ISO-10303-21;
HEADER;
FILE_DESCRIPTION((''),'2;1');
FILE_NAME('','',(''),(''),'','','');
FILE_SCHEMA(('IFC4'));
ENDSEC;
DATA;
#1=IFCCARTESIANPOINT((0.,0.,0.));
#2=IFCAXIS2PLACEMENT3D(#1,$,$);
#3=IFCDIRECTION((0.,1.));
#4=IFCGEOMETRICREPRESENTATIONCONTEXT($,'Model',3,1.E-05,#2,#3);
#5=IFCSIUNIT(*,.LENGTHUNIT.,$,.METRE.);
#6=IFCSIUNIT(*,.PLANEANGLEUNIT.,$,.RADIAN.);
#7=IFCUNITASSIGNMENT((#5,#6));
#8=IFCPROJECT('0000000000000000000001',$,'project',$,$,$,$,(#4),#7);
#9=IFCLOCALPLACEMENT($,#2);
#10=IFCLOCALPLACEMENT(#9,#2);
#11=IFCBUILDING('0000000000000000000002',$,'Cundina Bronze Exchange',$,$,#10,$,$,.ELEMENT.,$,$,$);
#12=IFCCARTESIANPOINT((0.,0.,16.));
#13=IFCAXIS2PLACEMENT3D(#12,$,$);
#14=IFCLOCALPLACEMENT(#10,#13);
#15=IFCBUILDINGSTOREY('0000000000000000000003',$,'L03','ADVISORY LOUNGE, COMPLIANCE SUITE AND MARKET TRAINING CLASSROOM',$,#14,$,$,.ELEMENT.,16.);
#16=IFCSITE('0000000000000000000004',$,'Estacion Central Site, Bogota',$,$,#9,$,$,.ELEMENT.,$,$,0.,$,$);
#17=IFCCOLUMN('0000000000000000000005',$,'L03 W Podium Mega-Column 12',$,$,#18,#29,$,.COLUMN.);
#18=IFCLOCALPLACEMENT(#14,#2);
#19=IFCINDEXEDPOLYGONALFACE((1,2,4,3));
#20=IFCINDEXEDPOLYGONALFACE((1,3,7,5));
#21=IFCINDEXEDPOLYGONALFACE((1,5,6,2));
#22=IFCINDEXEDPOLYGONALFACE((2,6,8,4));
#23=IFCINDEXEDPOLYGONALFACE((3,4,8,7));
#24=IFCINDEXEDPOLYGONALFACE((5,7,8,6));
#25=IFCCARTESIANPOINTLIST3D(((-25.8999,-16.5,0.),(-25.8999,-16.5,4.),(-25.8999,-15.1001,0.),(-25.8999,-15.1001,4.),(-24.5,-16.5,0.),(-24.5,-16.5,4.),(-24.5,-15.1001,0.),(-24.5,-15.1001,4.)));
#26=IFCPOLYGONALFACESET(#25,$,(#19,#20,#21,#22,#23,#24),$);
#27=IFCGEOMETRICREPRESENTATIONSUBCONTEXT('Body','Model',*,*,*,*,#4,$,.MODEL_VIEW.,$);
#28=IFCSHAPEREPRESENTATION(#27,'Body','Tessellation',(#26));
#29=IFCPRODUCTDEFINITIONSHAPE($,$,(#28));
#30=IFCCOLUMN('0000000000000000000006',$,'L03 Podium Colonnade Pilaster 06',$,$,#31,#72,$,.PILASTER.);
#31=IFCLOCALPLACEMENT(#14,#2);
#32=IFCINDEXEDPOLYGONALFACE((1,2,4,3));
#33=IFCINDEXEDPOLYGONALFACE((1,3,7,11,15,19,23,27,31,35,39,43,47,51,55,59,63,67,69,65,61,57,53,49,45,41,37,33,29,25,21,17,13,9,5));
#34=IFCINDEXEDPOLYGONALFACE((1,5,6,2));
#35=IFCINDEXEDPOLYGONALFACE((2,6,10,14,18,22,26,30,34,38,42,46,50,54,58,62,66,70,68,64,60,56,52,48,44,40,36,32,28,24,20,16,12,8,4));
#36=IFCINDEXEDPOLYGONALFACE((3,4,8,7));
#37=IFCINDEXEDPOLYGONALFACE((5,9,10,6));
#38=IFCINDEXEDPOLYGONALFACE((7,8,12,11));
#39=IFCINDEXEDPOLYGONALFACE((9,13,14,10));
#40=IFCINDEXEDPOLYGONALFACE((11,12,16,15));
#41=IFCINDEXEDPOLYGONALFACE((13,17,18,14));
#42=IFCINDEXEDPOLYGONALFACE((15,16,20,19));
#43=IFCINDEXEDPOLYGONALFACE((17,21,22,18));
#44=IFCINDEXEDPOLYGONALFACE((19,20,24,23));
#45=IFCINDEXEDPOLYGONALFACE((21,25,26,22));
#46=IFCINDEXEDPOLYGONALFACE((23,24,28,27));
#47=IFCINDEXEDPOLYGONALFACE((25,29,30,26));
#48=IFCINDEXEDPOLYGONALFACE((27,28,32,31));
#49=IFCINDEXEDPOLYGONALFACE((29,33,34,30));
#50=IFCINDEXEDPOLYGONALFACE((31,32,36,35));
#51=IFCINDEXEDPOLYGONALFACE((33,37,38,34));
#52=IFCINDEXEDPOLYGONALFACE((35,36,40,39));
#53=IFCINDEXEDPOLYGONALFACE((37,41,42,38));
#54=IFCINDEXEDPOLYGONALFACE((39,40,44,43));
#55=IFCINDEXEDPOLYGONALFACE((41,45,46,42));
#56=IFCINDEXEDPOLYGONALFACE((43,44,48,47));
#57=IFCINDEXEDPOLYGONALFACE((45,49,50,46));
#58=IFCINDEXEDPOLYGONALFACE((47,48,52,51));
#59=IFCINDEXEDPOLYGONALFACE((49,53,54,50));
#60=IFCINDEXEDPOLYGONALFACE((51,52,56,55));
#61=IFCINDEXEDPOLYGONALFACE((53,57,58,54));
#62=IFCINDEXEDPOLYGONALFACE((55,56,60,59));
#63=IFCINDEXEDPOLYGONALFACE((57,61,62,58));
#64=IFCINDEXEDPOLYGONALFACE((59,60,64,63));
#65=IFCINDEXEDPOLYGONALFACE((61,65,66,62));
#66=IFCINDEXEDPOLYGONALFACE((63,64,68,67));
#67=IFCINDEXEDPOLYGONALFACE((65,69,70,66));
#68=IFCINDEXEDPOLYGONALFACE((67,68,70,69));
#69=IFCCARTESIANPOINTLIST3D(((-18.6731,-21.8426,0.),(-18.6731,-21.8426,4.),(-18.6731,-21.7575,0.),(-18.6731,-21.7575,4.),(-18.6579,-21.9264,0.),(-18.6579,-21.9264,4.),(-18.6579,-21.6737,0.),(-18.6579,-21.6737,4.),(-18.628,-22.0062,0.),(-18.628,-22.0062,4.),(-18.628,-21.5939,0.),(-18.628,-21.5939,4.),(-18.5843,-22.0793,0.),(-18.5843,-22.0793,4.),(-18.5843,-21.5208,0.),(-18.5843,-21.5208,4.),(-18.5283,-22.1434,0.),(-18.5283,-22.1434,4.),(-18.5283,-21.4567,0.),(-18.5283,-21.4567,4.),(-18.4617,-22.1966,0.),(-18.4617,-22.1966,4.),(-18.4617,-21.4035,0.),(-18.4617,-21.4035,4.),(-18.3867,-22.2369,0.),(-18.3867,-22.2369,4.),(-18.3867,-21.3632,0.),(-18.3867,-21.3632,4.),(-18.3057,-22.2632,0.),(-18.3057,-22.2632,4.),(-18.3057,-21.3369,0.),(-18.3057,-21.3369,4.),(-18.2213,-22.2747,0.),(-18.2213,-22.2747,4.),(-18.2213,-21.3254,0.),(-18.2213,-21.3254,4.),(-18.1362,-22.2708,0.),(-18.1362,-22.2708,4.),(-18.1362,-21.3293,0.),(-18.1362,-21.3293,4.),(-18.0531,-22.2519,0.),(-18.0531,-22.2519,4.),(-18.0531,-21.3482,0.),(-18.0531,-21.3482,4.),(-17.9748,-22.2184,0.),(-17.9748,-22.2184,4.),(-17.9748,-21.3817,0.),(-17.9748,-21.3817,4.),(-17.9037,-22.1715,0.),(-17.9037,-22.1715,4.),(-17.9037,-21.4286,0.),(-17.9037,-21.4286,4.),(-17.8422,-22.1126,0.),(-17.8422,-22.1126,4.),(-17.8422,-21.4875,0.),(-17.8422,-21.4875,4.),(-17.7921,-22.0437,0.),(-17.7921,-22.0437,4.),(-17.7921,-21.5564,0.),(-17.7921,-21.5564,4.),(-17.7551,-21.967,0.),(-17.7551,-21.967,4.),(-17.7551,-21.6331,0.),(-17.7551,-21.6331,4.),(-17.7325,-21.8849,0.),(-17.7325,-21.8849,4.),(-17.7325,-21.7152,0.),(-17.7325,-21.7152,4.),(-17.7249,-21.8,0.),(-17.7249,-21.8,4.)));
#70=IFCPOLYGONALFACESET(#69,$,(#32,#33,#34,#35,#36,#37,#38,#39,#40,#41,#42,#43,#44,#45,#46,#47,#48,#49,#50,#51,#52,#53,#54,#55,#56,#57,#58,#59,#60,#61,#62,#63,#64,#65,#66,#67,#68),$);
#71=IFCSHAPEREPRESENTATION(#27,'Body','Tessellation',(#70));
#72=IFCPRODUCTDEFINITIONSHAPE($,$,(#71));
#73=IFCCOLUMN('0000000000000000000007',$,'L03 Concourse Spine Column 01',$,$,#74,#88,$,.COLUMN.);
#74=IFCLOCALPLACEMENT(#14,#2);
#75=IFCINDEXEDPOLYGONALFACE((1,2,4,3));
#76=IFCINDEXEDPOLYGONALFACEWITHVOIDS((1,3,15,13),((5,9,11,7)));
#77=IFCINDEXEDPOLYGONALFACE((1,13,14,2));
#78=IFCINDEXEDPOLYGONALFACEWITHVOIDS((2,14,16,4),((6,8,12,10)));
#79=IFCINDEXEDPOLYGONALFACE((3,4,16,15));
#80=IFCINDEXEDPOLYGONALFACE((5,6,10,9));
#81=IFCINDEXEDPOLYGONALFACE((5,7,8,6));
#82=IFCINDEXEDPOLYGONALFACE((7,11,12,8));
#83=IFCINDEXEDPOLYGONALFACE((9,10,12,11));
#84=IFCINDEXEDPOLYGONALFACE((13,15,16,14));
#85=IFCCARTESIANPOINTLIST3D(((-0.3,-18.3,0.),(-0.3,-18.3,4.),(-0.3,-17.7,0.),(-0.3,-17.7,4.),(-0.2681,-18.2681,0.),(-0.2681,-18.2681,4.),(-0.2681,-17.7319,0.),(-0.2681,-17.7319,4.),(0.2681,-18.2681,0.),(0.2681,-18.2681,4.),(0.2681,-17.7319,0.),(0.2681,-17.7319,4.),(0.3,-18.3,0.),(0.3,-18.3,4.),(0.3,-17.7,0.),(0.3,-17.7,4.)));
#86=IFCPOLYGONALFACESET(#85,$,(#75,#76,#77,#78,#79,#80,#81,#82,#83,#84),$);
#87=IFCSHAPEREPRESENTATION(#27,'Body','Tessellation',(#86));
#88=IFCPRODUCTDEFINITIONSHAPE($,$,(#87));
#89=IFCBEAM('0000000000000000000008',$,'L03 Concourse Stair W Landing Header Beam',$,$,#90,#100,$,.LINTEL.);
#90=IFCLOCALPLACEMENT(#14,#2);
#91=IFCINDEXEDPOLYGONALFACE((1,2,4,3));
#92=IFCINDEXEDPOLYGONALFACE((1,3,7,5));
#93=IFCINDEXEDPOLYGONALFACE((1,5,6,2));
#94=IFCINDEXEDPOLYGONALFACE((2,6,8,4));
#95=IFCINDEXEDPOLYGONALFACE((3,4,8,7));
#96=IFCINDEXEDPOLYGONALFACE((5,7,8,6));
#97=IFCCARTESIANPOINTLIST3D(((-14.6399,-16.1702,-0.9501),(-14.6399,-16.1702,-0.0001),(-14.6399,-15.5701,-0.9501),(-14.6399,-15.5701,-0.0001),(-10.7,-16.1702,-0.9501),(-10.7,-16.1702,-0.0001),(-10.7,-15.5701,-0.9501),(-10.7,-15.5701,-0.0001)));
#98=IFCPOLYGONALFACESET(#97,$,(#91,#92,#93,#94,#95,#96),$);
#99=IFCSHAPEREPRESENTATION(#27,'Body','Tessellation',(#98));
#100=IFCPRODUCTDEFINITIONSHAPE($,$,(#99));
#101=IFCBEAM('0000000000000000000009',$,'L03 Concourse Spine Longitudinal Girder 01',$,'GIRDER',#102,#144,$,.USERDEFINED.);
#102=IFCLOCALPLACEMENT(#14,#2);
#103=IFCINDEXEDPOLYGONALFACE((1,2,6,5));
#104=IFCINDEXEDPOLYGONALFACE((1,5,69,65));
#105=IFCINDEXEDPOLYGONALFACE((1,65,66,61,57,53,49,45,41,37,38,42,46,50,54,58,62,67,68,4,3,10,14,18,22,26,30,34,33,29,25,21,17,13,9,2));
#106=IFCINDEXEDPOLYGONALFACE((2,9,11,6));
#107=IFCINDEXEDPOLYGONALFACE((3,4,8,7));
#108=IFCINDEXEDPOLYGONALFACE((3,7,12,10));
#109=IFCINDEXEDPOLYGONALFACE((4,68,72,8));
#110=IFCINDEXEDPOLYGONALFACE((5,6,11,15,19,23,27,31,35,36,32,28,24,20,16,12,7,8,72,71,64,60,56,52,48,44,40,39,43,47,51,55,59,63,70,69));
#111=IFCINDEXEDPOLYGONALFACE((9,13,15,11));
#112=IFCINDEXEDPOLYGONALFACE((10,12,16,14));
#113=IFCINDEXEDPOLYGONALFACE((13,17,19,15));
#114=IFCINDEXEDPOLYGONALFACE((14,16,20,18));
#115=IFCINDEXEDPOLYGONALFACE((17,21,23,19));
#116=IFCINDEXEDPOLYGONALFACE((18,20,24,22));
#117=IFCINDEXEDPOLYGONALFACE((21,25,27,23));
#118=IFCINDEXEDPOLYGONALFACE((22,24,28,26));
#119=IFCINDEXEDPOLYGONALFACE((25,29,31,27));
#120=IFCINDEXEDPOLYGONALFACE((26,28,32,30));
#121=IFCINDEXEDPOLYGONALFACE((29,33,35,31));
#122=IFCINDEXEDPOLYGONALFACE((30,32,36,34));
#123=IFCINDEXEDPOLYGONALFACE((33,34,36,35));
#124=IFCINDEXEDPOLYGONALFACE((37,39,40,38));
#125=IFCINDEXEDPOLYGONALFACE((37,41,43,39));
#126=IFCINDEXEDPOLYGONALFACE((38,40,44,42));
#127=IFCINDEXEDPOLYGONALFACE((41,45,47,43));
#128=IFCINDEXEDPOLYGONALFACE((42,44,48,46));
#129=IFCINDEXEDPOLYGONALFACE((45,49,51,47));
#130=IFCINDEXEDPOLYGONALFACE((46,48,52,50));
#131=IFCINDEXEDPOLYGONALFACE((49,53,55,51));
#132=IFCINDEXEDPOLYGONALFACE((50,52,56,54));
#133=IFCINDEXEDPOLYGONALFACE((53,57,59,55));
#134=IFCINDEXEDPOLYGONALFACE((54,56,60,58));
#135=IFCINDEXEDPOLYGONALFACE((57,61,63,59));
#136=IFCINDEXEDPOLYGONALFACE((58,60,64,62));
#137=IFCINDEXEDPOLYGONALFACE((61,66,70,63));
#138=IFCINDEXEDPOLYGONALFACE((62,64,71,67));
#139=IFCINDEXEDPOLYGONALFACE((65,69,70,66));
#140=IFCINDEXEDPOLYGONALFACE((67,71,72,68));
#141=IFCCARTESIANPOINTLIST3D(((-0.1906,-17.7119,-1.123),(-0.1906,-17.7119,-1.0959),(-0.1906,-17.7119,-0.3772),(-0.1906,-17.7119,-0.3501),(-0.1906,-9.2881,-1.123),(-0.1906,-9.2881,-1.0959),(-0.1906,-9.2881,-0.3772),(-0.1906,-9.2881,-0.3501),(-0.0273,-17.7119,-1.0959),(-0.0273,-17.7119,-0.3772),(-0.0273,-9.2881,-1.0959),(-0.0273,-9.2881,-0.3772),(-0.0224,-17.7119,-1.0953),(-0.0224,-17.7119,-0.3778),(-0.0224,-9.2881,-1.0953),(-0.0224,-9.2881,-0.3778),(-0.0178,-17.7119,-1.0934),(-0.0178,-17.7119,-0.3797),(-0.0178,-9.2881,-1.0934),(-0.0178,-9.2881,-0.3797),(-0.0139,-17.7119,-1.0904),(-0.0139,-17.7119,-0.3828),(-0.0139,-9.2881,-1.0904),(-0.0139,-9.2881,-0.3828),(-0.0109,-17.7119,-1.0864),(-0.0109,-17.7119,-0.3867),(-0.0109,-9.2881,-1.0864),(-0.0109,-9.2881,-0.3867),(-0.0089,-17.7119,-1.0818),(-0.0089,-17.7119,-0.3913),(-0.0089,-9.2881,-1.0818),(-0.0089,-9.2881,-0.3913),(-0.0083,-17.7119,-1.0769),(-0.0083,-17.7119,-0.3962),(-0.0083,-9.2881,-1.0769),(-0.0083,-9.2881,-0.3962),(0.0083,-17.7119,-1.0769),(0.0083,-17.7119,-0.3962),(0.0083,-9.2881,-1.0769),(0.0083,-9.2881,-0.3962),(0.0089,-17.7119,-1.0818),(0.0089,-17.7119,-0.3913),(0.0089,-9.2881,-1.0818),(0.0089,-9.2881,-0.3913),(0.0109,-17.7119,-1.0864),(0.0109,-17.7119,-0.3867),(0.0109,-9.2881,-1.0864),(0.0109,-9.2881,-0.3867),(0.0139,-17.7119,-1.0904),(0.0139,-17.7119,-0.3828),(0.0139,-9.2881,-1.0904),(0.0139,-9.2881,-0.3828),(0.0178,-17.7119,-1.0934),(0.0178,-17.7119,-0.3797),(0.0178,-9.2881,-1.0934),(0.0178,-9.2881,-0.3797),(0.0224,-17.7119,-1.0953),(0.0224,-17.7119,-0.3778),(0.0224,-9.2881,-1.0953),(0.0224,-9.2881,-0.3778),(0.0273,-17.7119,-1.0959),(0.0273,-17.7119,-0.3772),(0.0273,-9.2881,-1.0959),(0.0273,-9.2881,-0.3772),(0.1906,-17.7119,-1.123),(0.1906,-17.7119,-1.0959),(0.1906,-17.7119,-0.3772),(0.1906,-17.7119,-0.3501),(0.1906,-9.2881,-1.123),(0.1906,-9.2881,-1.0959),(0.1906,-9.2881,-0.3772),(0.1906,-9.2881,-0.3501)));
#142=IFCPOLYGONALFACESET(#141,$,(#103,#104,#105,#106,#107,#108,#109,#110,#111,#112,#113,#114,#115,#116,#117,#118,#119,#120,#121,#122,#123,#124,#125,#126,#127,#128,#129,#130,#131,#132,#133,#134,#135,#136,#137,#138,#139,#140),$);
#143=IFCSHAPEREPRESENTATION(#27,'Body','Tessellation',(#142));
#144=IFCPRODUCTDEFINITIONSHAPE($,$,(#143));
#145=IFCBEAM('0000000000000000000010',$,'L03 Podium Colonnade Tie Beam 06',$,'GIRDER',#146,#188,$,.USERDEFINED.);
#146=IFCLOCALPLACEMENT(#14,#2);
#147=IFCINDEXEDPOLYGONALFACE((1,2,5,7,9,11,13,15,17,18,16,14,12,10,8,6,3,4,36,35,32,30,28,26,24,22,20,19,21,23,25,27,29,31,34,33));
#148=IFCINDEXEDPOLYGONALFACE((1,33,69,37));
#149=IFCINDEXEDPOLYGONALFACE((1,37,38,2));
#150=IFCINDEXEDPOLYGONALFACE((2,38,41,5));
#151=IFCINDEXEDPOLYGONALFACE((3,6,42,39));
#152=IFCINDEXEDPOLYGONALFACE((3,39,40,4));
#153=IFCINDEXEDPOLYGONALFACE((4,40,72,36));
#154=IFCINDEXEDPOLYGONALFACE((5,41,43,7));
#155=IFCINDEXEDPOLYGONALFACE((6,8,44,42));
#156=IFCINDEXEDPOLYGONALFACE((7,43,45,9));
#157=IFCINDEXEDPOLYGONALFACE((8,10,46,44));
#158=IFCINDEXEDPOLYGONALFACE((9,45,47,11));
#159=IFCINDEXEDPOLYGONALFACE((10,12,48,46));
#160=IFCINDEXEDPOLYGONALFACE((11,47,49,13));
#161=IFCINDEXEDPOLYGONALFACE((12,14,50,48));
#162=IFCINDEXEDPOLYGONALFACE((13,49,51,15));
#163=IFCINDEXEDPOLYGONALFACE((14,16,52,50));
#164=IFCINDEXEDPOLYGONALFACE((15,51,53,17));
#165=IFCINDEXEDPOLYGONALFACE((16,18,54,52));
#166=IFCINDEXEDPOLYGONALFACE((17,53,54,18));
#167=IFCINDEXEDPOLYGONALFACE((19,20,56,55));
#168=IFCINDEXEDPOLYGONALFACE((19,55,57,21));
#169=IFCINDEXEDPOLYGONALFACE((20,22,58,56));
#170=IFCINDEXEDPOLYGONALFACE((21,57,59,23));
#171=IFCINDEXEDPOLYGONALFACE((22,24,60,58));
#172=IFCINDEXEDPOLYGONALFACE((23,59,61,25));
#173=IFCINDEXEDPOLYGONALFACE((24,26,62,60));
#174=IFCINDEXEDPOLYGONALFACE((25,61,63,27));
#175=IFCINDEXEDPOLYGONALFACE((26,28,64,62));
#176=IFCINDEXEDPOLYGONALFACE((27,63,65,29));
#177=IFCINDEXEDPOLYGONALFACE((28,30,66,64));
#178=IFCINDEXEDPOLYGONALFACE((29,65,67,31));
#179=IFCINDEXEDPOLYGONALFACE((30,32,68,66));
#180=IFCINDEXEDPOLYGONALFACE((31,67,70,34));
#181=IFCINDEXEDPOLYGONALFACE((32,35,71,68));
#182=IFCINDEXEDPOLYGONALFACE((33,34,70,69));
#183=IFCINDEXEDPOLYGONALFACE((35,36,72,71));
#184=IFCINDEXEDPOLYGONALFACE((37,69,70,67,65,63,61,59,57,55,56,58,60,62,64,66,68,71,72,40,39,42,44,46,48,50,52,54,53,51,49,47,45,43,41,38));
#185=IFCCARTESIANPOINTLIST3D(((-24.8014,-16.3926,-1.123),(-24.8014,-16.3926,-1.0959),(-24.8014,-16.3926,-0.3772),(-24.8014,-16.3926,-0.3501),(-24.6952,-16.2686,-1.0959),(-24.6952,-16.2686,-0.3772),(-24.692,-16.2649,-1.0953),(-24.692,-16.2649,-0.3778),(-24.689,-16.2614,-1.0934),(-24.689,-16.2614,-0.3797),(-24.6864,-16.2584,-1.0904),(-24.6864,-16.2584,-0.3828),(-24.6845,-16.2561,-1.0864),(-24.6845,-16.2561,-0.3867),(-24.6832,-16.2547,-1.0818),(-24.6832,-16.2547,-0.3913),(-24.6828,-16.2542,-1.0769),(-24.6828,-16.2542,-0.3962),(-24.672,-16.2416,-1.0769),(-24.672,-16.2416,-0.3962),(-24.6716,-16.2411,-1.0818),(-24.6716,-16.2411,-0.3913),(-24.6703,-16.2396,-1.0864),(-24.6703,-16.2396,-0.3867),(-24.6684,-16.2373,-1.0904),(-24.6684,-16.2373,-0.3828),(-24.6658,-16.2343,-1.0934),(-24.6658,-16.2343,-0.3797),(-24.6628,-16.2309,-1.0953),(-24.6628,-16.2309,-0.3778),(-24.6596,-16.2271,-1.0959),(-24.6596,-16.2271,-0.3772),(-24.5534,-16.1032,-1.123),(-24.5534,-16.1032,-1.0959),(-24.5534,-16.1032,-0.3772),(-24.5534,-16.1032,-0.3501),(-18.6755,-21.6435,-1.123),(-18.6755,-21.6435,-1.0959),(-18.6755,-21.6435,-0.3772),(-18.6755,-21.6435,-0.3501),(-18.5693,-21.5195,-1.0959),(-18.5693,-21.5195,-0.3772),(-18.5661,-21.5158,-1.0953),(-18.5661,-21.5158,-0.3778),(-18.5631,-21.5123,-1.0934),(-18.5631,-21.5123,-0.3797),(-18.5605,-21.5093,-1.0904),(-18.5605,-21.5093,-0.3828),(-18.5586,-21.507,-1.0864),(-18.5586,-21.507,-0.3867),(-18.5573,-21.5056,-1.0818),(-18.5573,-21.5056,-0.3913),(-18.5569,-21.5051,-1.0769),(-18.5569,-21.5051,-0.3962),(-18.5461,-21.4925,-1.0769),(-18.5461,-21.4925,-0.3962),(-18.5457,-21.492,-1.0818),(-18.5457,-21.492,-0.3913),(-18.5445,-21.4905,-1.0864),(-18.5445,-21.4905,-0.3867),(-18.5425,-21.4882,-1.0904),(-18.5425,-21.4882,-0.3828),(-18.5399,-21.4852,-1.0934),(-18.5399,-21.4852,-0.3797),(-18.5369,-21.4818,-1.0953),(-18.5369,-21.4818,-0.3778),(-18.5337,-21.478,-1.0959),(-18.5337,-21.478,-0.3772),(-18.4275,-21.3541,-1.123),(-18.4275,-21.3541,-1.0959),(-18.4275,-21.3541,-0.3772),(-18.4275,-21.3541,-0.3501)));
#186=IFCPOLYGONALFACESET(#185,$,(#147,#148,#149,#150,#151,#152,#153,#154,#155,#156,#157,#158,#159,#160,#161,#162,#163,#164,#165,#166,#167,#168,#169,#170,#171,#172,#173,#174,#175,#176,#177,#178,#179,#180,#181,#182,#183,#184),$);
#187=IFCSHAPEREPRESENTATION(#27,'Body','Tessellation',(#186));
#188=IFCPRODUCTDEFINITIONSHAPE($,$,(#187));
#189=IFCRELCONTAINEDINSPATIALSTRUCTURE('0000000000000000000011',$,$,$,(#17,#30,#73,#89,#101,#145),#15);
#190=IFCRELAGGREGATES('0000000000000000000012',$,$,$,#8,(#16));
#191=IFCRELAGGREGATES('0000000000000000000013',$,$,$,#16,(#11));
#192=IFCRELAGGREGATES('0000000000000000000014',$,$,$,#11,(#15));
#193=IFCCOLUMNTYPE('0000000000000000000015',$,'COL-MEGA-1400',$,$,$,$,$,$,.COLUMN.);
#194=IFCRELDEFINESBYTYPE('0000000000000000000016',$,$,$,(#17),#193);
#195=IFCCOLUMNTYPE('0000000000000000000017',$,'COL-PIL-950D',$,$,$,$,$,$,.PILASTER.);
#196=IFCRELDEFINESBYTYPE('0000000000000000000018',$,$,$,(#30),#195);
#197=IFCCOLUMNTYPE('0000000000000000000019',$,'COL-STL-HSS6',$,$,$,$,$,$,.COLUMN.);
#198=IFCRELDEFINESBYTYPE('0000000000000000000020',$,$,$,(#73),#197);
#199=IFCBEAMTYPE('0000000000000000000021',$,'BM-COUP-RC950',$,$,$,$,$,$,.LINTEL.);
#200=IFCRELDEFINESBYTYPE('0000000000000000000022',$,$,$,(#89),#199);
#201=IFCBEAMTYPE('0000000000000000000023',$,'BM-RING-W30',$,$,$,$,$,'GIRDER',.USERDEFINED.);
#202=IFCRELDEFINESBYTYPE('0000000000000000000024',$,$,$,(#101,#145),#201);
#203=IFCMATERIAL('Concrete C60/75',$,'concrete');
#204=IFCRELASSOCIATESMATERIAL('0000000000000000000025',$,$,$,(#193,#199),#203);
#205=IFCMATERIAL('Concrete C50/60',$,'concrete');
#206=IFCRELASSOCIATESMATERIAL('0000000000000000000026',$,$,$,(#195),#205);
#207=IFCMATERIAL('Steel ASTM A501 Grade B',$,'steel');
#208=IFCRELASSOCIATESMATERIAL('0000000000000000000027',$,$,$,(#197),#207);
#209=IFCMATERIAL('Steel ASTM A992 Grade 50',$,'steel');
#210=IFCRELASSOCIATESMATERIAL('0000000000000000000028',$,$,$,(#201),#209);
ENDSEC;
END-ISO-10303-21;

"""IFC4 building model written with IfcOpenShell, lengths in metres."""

from ifc_helpers import new_model, si_unit, direction, frame, origin, origin_2d, place, context, subcontext, project, spatial, rectangle, hollow_rectangle, circle, i_section, extrude, material, material_profile, profile_set, type_object, element, save


model = new_model("IFC4")

# Units and contexts
model_context = context("Model", 3, precision=1e-05, world=origin(), true_north=direction((0.0, 1.0)))
body_context = subcontext(model_context, "Body", "Model", "MODEL_VIEW")
ifc_project = project(units=[si_unit("LENGTHUNIT", "METRE"), si_unit("PLANEANGLEUNIT", "RADIAN")], contexts=[model_context])

# Site, building, storey
site_placement = place(None, origin())
site = spatial("IfcSite", under=ifc_project, at=site_placement, Name="Estacion Central Site, Bogota", CompositionType="ELEMENT", RefElevation=0.0)
building_placement = place(site_placement, origin())
building = spatial("IfcBuilding", under=site, at=building_placement, Name="Cundina Bronze Exchange", CompositionType="ELEMENT")
storey_placement = place(building_placement, frame((0.0, 0.0, 16.0)))
storey = spatial("IfcBuildingStorey", under=building, at=storey_placement, Name="L03", Description="ADVISORY LOUNGE, COMPLIANCE SUITE AND MARKET TRAINING CLASSROOM", CompositionType="ELEMENT", Elevation=16.0)

# Columns
ifc_material_1 = material(Name="Concrete C60/75", Category="concrete")
ifc_material_profile_1 = material_profile(ifc_material_1, rectangle(XDim=1.3999, YDim=1.3999, at=origin_2d()), Name="RC1400X1400", Category="concrete")
ifc_profile_set_1 = profile_set([ifc_material_profile_1], Name="Concrete C60/75")
column_type_1 = type_object("IfcColumnType", Name="COL-MEGA-1400", PredefinedType="COLUMN", material=ifc_profile_set_1)
column_1_placement = place(storey_placement, frame((-25.2, -15.8, 0.0), z_axis=(0.0, 0.0, 1.0), x_axis=(1.0, 0.0, 0.0)))
element("IfcColumn", 1, at=column_1_placement, inside=storey, type_object=column_type_1, Name="L03 W Podium Mega-Column 12", PredefinedType="COLUMN", context=body_context, shape_type="SweptSolid", body=[
    extrude(rectangle(XDim=1.3999, YDim=1.3999, at=origin_2d()), origin(), (0.0, 0.0, 1.0), 4.0),
])
ifc_material_2 = material(Name="Concrete C50/60", Category="concrete")
ifc_material_profile_2 = material_profile(ifc_material_2, circle(Radius=0.4751, at=origin_2d()), Name="RC950D", Category="concrete")
ifc_profile_set_2 = profile_set([ifc_material_profile_2], Name="Concrete C50/60")
column_type_2 = type_object("IfcColumnType", Name="COL-PIL-950D", PredefinedType="PILASTER", material=ifc_profile_set_2)
column_2_placement = place(storey_placement, frame((-18.2, -21.8, 0.0), z_axis=(0.0, 0.0, 1.0), x_axis=(1.0, 0.0, 0.0)))
element("IfcColumn", 2, at=column_2_placement, inside=storey, type_object=column_type_2, Name="L03 Podium Colonnade Pilaster 06", PredefinedType="PILASTER", context=body_context, shape_type="SweptSolid", body=[
    extrude(circle(Radius=0.4751, at=origin_2d()), origin(), (0.0, 0.0, 1.0), 4.0),
])
ifc_material_3 = material(Name="Steel ASTM A501 Grade B", Category="steel")
ifc_material_profile_3 = material_profile(ifc_material_3, hollow_rectangle(XDim=0.6001, YDim=0.6001, WallThickness=0.032, at=origin_2d()), Name="HSS600X600X32", Category="steel")
ifc_profile_set_3 = profile_set([ifc_material_profile_3], Name="Steel ASTM A501 Grade B")
column_type_3 = type_object("IfcColumnType", Name="COL-STL-HSS6", PredefinedType="COLUMN", material=ifc_profile_set_3)
column_3_placement = place(storey_placement, frame((0.0, -18.0, 0.0), z_axis=(0.0, 0.0, 1.0), x_axis=(1.0, 0.0, 0.0)))
element("IfcColumn", 3, at=column_3_placement, inside=storey, type_object=column_type_3, Name="L03 Concourse Spine Column 01", PredefinedType="COLUMN", context=body_context, shape_type="SweptSolid", body=[
    extrude(hollow_rectangle(XDim=0.6001, YDim=0.6001, WallThickness=0.032, at=origin_2d()), origin(), (0.0, 0.0, 1.0), 4.0),
])

# Beams
ifc_material_profile_4 = material_profile(ifc_material_1, rectangle(XDim=0.6001, YDim=0.95, at=origin_2d()), Name="RC600X950", Category="concrete")
ifc_profile_set_4 = profile_set([ifc_material_profile_4], Name="Concrete C60/75")
beam_type_1 = type_object("IfcBeamType", Name="BM-COUP-RC950", PredefinedType="LINTEL", material=ifc_profile_set_4)
beam_1_placement = place(storey_placement, frame((-14.6399, -15.8701, -0.4751), z_axis=(1.0, 0.0, 0.0), x_axis=(0.0, 1.0, 0.0)))
element("IfcBeam", 4, at=beam_1_placement, inside=storey, type_object=beam_type_1, Name="L03 Concourse Stair W Landing Header Beam", PredefinedType="LINTEL", context=body_context, shape_type="SweptSolid", body=[
    extrude(rectangle(XDim=0.6001, YDim=0.95, at=origin_2d()), origin(), (0.0, 0.0, 1.0), 3.9399),
])
ifc_material_4 = material(Name="Steel ASTM A992 Grade 50", Category="steel")
ifc_material_profile_5 = material_profile(ifc_material_4, i_section(OverallWidth=0.3811, OverallDepth=0.7729, WebThickness=0.0166, FlangeThickness=0.0271, FilletRadius=0.019, at=origin_2d()), Name="W30X173", Category="steel")
ifc_profile_set_5 = profile_set([ifc_material_profile_5], Name="Steel ASTM A992 Grade 50")
beam_type_2 = type_object("IfcBeamType", Name="BM-RING-W30", ElementType="GIRDER", PredefinedType="USERDEFINED", material=ifc_profile_set_5)
beam_2_placement = place(storey_placement, frame((0.0, -17.7119, -0.7366), z_axis=(0.0, 1.0, 0.0), x_axis=(-1.0, 0.0, 0.0)))
element("IfcBeam", 5, at=beam_2_placement, inside=storey, type_object=beam_type_2, Name="L03 Concourse Spine Longitudinal Girder 01", ObjectType="GIRDER", PredefinedType="USERDEFINED", context=body_context, shape_type="SweptSolid", body=[
    extrude(i_section(OverallWidth=0.3811, OverallDepth=0.7729, WebThickness=0.0166, FlangeThickness=0.0271, FilletRadius=0.019, at=origin_2d()), origin(), (0.0, 0.0, 1.0), 8.4238),
])
beam_3_placement = place(storey_placement, frame((-18.5515, -21.4988, -0.7366), z_axis=(-0.759248, 0.650801, 0.0), x_axis=(-0.650801, -0.759248, 0.0)))
element("IfcBeam", 6, at=beam_3_placement, inside=storey, type_object=beam_type_2, Name="L03 Podium Colonnade Tie Beam 06", ObjectType="GIRDER", PredefinedType="USERDEFINED", context=body_context, shape_type="SweptSolid", body=[
    extrude(i_section(OverallWidth=0.3811, OverallDepth=0.7729, WebThickness=0.0166, FlangeThickness=0.0271, FilletRadius=0.019, at=origin_2d()), origin(), (0.0, 0.0, 1.0), 8.0684),
])

save(model, "model.ifc")
